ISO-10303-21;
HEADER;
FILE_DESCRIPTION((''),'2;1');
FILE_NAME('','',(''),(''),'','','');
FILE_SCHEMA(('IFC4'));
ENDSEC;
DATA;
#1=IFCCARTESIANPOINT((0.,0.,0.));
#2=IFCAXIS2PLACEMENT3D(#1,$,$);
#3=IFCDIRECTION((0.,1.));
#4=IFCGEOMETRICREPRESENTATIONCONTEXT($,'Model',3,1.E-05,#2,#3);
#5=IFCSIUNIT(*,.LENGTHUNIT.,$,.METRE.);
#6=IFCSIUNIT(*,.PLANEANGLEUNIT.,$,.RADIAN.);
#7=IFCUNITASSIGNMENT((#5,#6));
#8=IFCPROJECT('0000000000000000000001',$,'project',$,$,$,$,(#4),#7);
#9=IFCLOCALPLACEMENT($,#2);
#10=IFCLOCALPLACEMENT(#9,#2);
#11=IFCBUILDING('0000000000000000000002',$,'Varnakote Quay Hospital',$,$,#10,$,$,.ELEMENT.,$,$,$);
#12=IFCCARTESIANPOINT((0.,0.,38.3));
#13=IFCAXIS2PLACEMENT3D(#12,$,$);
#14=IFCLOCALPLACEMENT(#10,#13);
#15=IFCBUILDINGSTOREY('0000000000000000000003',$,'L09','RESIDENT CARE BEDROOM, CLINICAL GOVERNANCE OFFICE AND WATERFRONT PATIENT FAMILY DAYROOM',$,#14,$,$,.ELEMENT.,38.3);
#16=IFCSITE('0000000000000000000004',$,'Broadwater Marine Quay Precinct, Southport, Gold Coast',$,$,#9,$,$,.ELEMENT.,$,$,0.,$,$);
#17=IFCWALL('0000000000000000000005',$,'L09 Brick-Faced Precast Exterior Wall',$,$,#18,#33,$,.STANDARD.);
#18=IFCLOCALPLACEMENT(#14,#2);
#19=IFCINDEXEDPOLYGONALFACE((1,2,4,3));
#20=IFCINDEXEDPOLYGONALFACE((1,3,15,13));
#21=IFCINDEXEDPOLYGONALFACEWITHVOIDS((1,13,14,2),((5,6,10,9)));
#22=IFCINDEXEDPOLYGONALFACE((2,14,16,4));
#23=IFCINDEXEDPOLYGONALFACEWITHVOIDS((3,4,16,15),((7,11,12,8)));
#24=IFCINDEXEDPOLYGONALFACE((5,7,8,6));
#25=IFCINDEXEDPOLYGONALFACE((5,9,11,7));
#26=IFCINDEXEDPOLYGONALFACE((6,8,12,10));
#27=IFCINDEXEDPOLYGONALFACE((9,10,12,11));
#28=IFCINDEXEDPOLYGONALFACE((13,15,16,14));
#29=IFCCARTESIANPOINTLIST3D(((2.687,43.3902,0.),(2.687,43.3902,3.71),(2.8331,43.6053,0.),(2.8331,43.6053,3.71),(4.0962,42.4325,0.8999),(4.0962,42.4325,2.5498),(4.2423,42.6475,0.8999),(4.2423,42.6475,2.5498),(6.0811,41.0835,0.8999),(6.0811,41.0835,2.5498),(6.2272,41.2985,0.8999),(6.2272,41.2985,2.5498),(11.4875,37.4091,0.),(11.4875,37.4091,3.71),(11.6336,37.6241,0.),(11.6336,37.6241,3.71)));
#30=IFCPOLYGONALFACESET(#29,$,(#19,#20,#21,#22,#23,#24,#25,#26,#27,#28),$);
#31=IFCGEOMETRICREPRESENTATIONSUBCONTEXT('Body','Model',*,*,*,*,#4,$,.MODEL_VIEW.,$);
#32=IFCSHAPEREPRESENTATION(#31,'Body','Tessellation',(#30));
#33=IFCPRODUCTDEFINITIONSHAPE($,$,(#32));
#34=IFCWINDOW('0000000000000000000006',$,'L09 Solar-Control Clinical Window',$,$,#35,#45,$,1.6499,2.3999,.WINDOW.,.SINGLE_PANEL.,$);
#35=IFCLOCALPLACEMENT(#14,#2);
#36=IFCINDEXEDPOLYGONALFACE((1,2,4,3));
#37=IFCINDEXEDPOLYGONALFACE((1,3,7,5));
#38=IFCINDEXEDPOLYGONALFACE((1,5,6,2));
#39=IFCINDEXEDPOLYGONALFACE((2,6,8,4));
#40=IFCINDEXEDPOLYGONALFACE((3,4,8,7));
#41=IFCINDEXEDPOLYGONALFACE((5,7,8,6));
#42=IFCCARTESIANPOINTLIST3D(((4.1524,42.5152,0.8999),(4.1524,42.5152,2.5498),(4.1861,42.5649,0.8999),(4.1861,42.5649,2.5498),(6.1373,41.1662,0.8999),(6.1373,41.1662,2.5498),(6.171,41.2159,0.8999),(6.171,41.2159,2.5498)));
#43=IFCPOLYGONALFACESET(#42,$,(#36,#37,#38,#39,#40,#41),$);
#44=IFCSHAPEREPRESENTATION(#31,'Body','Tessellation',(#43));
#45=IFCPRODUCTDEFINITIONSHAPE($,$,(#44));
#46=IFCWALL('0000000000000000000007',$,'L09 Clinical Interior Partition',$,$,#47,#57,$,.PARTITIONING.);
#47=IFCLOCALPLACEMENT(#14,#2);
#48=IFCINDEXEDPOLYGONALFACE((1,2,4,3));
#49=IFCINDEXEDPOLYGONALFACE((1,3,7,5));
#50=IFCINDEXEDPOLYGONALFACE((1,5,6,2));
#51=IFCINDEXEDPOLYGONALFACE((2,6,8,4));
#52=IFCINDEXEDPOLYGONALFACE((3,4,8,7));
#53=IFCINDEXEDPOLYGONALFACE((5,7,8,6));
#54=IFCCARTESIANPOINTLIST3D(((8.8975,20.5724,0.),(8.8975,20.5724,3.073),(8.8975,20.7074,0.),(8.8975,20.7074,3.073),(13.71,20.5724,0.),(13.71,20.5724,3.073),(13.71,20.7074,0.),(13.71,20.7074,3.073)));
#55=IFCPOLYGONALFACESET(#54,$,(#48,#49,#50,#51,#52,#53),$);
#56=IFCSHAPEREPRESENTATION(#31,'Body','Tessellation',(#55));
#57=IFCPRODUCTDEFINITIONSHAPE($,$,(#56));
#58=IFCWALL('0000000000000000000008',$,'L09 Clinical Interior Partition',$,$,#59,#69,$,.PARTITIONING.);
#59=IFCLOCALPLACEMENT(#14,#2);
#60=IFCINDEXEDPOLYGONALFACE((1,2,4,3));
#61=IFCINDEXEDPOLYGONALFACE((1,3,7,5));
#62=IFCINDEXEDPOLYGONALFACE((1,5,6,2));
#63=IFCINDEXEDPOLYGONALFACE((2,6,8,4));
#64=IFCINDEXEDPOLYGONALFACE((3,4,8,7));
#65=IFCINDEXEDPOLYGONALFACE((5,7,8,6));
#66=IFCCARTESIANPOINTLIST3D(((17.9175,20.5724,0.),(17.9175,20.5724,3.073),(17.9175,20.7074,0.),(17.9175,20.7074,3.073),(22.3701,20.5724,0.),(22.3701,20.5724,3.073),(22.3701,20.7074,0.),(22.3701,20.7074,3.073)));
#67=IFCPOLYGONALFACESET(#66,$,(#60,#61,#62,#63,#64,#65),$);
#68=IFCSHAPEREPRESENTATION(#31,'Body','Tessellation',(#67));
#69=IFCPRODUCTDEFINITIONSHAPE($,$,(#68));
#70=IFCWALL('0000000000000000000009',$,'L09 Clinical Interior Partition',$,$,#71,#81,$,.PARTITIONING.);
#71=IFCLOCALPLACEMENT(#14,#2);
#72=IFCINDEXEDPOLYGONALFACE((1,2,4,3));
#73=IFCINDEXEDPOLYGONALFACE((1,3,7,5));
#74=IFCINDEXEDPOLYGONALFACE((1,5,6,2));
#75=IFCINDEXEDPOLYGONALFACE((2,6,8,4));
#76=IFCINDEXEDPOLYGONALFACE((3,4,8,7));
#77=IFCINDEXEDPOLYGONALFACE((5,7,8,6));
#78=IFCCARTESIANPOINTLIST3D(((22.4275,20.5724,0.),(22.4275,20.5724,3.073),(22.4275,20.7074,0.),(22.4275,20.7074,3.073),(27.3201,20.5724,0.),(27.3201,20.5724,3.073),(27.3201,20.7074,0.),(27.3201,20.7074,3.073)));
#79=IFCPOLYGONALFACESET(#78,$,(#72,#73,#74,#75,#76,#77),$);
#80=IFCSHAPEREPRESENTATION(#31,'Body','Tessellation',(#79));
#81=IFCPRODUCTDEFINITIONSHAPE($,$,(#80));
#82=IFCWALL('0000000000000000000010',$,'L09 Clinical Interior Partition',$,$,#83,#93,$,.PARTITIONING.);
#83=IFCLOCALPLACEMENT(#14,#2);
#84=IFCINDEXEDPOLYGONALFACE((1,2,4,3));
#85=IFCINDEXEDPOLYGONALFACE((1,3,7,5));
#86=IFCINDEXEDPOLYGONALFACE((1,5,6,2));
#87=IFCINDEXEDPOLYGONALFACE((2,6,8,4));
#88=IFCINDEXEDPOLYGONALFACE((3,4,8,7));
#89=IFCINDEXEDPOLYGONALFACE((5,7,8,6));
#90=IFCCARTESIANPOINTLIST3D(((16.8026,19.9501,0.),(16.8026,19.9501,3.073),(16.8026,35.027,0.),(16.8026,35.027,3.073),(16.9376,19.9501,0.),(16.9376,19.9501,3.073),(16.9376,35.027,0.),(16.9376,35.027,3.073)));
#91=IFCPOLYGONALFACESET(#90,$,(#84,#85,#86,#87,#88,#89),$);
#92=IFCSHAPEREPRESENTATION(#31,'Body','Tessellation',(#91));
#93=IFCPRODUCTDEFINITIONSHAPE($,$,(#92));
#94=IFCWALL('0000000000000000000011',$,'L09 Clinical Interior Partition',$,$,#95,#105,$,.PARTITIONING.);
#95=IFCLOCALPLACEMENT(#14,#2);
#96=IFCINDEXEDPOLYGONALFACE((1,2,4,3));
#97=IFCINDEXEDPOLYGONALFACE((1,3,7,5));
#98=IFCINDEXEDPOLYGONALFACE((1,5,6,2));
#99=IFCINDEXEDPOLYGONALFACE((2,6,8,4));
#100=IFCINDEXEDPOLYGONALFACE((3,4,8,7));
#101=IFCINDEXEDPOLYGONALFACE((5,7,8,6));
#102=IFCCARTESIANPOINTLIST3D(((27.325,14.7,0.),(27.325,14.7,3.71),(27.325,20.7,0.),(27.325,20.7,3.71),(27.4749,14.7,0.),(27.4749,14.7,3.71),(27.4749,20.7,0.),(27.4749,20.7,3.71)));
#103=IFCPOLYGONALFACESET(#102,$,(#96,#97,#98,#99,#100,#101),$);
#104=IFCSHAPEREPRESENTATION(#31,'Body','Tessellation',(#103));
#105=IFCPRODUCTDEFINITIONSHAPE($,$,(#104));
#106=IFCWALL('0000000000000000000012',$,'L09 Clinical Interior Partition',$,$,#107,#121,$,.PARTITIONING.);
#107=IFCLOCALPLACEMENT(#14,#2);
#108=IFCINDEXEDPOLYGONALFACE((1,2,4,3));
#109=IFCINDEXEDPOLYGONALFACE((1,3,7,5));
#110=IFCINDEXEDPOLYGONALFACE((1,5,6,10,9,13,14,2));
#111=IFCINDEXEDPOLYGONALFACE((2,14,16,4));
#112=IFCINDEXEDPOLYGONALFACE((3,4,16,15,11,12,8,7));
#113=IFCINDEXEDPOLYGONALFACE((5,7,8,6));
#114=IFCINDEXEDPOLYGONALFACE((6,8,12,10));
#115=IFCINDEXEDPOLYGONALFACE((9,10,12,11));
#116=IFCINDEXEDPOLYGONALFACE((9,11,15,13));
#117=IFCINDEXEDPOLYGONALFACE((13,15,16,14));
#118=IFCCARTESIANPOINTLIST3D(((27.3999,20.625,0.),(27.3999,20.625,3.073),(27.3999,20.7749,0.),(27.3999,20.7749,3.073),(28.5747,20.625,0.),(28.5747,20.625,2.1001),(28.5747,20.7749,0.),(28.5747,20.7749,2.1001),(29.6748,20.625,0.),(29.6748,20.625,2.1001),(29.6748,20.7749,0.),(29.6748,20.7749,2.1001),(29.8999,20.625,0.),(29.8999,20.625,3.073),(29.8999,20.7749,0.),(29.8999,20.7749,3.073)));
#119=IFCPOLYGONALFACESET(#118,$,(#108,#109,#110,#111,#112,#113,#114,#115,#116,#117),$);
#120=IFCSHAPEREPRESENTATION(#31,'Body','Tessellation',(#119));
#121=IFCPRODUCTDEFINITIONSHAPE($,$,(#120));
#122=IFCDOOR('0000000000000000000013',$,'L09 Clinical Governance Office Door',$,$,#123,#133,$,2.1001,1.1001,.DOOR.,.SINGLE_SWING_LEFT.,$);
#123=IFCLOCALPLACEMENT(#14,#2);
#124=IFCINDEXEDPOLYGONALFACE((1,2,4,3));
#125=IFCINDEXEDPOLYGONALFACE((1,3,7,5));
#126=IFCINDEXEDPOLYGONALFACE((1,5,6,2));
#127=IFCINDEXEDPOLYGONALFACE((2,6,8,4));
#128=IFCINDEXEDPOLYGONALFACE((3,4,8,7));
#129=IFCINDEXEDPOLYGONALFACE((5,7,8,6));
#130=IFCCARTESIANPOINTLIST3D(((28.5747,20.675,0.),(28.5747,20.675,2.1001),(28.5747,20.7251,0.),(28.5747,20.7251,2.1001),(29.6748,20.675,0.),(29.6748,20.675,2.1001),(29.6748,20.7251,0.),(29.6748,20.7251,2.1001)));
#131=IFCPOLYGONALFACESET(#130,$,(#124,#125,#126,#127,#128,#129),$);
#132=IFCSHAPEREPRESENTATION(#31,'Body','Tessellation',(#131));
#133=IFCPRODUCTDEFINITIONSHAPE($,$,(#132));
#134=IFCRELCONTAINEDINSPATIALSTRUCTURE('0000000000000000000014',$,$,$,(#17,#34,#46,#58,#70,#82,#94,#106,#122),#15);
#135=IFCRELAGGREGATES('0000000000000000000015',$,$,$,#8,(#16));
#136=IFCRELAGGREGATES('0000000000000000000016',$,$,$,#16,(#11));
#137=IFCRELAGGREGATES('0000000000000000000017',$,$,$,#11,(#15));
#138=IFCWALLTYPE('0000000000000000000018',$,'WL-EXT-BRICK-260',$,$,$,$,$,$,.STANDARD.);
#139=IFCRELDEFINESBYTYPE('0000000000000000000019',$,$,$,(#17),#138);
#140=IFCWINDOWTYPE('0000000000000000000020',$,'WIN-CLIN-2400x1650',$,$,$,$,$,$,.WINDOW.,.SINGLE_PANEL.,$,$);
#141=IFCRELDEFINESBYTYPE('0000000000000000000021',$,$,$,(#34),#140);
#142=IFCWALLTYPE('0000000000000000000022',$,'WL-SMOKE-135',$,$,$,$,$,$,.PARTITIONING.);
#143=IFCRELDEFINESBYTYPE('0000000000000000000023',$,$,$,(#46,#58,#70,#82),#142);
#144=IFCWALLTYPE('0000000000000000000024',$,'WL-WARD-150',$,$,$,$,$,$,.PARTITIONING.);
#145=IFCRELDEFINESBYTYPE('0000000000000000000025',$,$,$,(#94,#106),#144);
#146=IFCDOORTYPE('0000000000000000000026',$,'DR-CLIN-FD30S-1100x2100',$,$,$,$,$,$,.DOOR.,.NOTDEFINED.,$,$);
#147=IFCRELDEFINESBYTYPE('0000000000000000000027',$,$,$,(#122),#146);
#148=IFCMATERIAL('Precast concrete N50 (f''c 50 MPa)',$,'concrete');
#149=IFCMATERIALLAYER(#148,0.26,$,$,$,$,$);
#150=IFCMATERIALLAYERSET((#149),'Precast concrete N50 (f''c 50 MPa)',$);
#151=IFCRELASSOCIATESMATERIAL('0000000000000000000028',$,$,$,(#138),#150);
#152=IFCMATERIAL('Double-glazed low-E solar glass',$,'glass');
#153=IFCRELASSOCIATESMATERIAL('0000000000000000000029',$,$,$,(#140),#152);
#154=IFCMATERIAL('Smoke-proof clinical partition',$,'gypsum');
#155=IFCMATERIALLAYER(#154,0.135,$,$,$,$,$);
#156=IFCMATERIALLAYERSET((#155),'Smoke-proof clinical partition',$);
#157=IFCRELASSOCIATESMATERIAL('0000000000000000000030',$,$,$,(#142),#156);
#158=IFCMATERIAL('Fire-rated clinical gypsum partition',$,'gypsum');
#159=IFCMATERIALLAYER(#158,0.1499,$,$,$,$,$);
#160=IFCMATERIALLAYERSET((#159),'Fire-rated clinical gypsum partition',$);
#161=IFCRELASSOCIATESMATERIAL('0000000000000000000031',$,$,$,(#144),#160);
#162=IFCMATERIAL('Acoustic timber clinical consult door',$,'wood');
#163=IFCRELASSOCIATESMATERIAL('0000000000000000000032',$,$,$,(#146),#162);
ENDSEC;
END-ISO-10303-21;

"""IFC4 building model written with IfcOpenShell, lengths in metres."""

from ifc_helpers import new_model, si_unit, direction, frame, frame_2d, origin, place, context, subcontext, project, spatial, rectangle, extrude, material, layer, layer_set, type_object, element, fill, save


model = new_model("IFC4")

# Units and contexts
model_context = context("Model", 3, precision=1e-05, world=origin(), true_north=direction((0.0, 1.0)))
body_context = subcontext(model_context, "Body", "Model", "MODEL_VIEW")
ifc_project = project(units=[si_unit("LENGTHUNIT", "METRE"), si_unit("PLANEANGLEUNIT", "RADIAN")], contexts=[model_context])

# Site, building, storey
site_placement = place(None, origin())
site = spatial("IfcSite", under=ifc_project, at=site_placement, Name="Broadwater Marine Quay Precinct, Southport, Gold Coast", CompositionType="ELEMENT", RefElevation=0.0)
building_placement = place(site_placement, origin())
building = spatial("IfcBuilding", under=site, at=building_placement, Name="Varnakote Quay Hospital", CompositionType="ELEMENT")
storey_placement = place(building_placement, frame((0.0, 0.0, 38.3)))
storey = spatial("IfcBuildingStorey", under=building, at=storey_placement, Name="L09", Description="RESIDENT CARE BEDROOM, CLINICAL GOVERNANCE OFFICE AND WATERFRONT PATIENT FAMILY DAYROOM", CompositionType="ELEMENT", Elevation=38.3)

# Wall, opening, window
ifc_material_1 = material(Name="Precast concrete N50 (f'c 50 MPa)", Category="concrete")
ifc_layer_1 = layer(ifc_material_1, 0.26)
ifc_layer_set_1 = layer_set([ifc_layer_1], Name="Precast concrete N50 (f'c 50 MPa)")
wall_type_1 = type_object("IfcWallType", Name="WL-EXT-BRICK-260", PredefinedType="STANDARD", material=ifc_layer_set_1)
ifc_material_2 = material(Name="Double-glazed low-E solar glass", Category="glass")
window_type = type_object("IfcWindowType", Name="WIN-CLIN-2400x1650", PartitioningType="SINGLE_PANEL", PredefinedType="WINDOW", material=ifc_material_2)
wall_1_placement = place(storey_placement, frame((11.5605, 37.5166, 0.0), z_axis=(0.0, 0.0, 1.0), x_axis=(-0.827065, 0.562107, 0.0)))
wall_1 = element("IfcWall", 1, at=wall_1_placement, inside=storey, type_object=wall_type_1, Name="L09 Brick-Faced Precast Exterior Wall", PredefinedType="STANDARD", context=body_context, shape_type="SweptSolid", body=[
    extrude(rectangle(XDim=10.6406, YDim=0.26, at=frame_2d((5.3203, 0.0))), origin(), (0.0, 0.0, 1.0), 3.71),
])
opening_1_placement = place(wall_1_placement, frame((6.5369, 0.0, 0.8999)))
opening_1 = element("IfcOpeningElement", 2, at=opening_1_placement, cuts=wall_1, PredefinedType="OPENING", context=body_context, shape_type="SweptSolid", body=[
    extrude(rectangle(XDim=2.3999, YDim=1.6499, at=frame_2d((1.2, 0.825))), frame((0.0, 0.1399, 0.0), z_axis=(0.0, -1.0, 0.0), x_axis=(1.0, 0.0, 0.0)), (0.0, 0.0, 1.0), 0.28),
])
window_1_placement = place(opening_1_placement, origin())
window_1 = element("IfcWindow", 3, at=window_1_placement, inside=storey, type_object=window_type, Name="L09 Solar-Control Clinical Window", OverallHeight=1.6499, OverallWidth=2.3999, PartitioningType="SINGLE_PANEL", PredefinedType="WINDOW", context=body_context, shape_type="SweptSolid", body=[
    extrude(rectangle(XDim=2.3999, YDim=1.6499, at=frame_2d((1.2, 0.825))), frame((0.0, 0.03, 0.0), z_axis=(0.0, -1.0, 0.0), x_axis=(1.0, 0.0, 0.0)), (0.0, 0.0, 1.0), 0.0601),
])
fill(opening_1, window_1)

# Walls
ifc_material_3 = material(Name="Smoke-proof clinical partition", Category="gypsum")
ifc_layer_2 = layer(ifc_material_3, 0.135)
ifc_layer_set_2 = layer_set([ifc_layer_2], Name="Smoke-proof clinical partition")
wall_type_2 = type_object("IfcWallType", Name="WL-SMOKE-135", PredefinedType="PARTITIONING", material=ifc_layer_set_2)
wall_2_placement = place(storey_placement, frame((13.71, 20.6399, 0.0), z_axis=(0.0, 0.0, 1.0), x_axis=(-1.0, 0.0, 0.0)))
element("IfcWall", 4, at=wall_2_placement, inside=storey, type_object=wall_type_2, Name="L09 Clinical Interior Partition", PredefinedType="PARTITIONING", context=body_context, shape_type="SweptSolid", body=[
    extrude(rectangle(XDim=4.8125, YDim=0.135, at=frame_2d((2.4062, 0.0))), origin(), (0.0, 0.0, 1.0), 3.073),
])
wall_3_placement = place(storey_placement, frame((22.3701, 20.6399, 0.0), z_axis=(0.0, 0.0, 1.0), x_axis=(-1.0, 0.0, 0.0)))
element("IfcWall", 5, at=wall_3_placement, inside=storey, type_object=wall_type_2, Name="L09 Clinical Interior Partition", PredefinedType="PARTITIONING", context=body_context, shape_type="SweptSolid", body=[
    extrude(rectangle(XDim=4.4526, YDim=0.135, at=frame_2d((2.2263, 0.0))), origin(), (0.0, 0.0, 1.0), 3.073),
])
wall_4_placement = place(storey_placement, frame((27.3201, 20.6399, 0.0), z_axis=(0.0, 0.0, 1.0), x_axis=(-1.0, 0.0, 0.0)))
element("IfcWall", 6, at=wall_4_placement, inside=storey, type_object=wall_type_2, Name="L09 Clinical Interior Partition", PredefinedType="PARTITIONING", context=body_context, shape_type="SweptSolid", body=[
    extrude(rectangle(XDim=4.8926, YDim=0.135, at=frame_2d((2.4463, 0.0))), origin(), (0.0, 0.0, 1.0), 3.073),
])
wall_5_placement = place(storey_placement, frame((16.8701, 19.95, 0.0), z_axis=(0.0, 0.0, 1.0), x_axis=(0.0, 1.0, 0.0)))
element("IfcWall", 7, at=wall_5_placement, inside=storey, type_object=wall_type_2, Name="L09 Clinical Interior Partition", PredefinedType="PARTITIONING", context=body_context, shape_type="SweptSolid", body=[
    extrude(rectangle(XDim=15.0769, YDim=0.135, at=frame_2d((7.5386, 0.0))), origin(), (0.0, 0.0, 1.0), 3.073),
])
ifc_material_4 = material(Name="Fire-rated clinical gypsum partition", Category="gypsum")
ifc_layer_3 = layer(ifc_material_4, 0.1499)
ifc_layer_set_3 = layer_set([ifc_layer_3], Name="Fire-rated clinical gypsum partition")
wall_type_3 = type_object("IfcWallType", Name="WL-WARD-150", PredefinedType="PARTITIONING", material=ifc_layer_set_3)
wall_6_placement = place(storey_placement, frame((27.3999, 20.7, 0.0), z_axis=(0.0, 0.0, 1.0), x_axis=(0.0, -1.0, 0.0)))
element("IfcWall", 8, at=wall_6_placement, inside=storey, type_object=wall_type_3, Name="L09 Clinical Interior Partition", PredefinedType="PARTITIONING", context=body_context, shape_type="SweptSolid", body=[
    extrude(rectangle(XDim=6.0, YDim=0.1499, at=frame_2d((3.0, 0.0))), origin(), (0.0, 0.0, 1.0), 3.71),
])

# Wall, opening, door
wall_7_placement = place(storey_placement, frame((29.8999, 20.7, 0.0), z_axis=(0.0, 0.0, 1.0), x_axis=(-1.0, 0.0, 0.0)))
wall_7 = element("IfcWall", 9, at=wall_7_placement, inside=storey, type_object=wall_type_3, Name="L09 Clinical Interior Partition", PredefinedType="PARTITIONING", context=body_context, shape_type="SweptSolid", body=[
    extrude(rectangle(XDim=2.5, YDim=0.1499, at=frame_2d((1.25, 0.0))), origin(), (0.0, 0.0, 1.0), 3.073),
])
opening_2_placement = place(wall_7_placement, frame((0.2251, 0.0, 0.0)))
opening_2 = element("IfcOpeningElement", 10, at=opening_2_placement, cuts=wall_7, PredefinedType="OPENING", context=body_context, shape_type="SweptSolid", body=[
    extrude(rectangle(XDim=1.1001, YDim=2.1001, at=frame_2d((0.55, 1.05))), frame((0.0, 0.085, 0.0), z_axis=(0.0, -1.0, 0.0), x_axis=(1.0, 0.0, 0.0)), (0.0, 0.0, 1.0), 0.1699),
])
ifc_material_5 = material(Name="Acoustic timber clinical consult door", Category="wood")
door_type = type_object("IfcDoorType", Name="DR-CLIN-FD30S-1100x2100", OperationType="NOTDEFINED", PredefinedType="DOOR", material=ifc_material_5)
door_placement = place(opening_2_placement, origin())
door = element("IfcDoor", 11, at=door_placement, inside=storey, type_object=door_type, Name="L09 Clinical Governance Office Door", OperationType="SINGLE_SWING_LEFT", OverallHeight=2.1001, OverallWidth=1.1001, PredefinedType="DOOR", context=body_context, shape_type="SweptSolid", body=[
    extrude(rectangle(XDim=1.1001, YDim=2.1001, at=frame_2d((0.55, 1.05))), frame((0.0, 0.0249, 0.0), z_axis=(0.0, -1.0, 0.0), x_axis=(1.0, 0.0, 0.0)), (0.0, 0.0, 1.0), 0.05),
])
fill(opening_2, door)

save(model, "model.ifc")
